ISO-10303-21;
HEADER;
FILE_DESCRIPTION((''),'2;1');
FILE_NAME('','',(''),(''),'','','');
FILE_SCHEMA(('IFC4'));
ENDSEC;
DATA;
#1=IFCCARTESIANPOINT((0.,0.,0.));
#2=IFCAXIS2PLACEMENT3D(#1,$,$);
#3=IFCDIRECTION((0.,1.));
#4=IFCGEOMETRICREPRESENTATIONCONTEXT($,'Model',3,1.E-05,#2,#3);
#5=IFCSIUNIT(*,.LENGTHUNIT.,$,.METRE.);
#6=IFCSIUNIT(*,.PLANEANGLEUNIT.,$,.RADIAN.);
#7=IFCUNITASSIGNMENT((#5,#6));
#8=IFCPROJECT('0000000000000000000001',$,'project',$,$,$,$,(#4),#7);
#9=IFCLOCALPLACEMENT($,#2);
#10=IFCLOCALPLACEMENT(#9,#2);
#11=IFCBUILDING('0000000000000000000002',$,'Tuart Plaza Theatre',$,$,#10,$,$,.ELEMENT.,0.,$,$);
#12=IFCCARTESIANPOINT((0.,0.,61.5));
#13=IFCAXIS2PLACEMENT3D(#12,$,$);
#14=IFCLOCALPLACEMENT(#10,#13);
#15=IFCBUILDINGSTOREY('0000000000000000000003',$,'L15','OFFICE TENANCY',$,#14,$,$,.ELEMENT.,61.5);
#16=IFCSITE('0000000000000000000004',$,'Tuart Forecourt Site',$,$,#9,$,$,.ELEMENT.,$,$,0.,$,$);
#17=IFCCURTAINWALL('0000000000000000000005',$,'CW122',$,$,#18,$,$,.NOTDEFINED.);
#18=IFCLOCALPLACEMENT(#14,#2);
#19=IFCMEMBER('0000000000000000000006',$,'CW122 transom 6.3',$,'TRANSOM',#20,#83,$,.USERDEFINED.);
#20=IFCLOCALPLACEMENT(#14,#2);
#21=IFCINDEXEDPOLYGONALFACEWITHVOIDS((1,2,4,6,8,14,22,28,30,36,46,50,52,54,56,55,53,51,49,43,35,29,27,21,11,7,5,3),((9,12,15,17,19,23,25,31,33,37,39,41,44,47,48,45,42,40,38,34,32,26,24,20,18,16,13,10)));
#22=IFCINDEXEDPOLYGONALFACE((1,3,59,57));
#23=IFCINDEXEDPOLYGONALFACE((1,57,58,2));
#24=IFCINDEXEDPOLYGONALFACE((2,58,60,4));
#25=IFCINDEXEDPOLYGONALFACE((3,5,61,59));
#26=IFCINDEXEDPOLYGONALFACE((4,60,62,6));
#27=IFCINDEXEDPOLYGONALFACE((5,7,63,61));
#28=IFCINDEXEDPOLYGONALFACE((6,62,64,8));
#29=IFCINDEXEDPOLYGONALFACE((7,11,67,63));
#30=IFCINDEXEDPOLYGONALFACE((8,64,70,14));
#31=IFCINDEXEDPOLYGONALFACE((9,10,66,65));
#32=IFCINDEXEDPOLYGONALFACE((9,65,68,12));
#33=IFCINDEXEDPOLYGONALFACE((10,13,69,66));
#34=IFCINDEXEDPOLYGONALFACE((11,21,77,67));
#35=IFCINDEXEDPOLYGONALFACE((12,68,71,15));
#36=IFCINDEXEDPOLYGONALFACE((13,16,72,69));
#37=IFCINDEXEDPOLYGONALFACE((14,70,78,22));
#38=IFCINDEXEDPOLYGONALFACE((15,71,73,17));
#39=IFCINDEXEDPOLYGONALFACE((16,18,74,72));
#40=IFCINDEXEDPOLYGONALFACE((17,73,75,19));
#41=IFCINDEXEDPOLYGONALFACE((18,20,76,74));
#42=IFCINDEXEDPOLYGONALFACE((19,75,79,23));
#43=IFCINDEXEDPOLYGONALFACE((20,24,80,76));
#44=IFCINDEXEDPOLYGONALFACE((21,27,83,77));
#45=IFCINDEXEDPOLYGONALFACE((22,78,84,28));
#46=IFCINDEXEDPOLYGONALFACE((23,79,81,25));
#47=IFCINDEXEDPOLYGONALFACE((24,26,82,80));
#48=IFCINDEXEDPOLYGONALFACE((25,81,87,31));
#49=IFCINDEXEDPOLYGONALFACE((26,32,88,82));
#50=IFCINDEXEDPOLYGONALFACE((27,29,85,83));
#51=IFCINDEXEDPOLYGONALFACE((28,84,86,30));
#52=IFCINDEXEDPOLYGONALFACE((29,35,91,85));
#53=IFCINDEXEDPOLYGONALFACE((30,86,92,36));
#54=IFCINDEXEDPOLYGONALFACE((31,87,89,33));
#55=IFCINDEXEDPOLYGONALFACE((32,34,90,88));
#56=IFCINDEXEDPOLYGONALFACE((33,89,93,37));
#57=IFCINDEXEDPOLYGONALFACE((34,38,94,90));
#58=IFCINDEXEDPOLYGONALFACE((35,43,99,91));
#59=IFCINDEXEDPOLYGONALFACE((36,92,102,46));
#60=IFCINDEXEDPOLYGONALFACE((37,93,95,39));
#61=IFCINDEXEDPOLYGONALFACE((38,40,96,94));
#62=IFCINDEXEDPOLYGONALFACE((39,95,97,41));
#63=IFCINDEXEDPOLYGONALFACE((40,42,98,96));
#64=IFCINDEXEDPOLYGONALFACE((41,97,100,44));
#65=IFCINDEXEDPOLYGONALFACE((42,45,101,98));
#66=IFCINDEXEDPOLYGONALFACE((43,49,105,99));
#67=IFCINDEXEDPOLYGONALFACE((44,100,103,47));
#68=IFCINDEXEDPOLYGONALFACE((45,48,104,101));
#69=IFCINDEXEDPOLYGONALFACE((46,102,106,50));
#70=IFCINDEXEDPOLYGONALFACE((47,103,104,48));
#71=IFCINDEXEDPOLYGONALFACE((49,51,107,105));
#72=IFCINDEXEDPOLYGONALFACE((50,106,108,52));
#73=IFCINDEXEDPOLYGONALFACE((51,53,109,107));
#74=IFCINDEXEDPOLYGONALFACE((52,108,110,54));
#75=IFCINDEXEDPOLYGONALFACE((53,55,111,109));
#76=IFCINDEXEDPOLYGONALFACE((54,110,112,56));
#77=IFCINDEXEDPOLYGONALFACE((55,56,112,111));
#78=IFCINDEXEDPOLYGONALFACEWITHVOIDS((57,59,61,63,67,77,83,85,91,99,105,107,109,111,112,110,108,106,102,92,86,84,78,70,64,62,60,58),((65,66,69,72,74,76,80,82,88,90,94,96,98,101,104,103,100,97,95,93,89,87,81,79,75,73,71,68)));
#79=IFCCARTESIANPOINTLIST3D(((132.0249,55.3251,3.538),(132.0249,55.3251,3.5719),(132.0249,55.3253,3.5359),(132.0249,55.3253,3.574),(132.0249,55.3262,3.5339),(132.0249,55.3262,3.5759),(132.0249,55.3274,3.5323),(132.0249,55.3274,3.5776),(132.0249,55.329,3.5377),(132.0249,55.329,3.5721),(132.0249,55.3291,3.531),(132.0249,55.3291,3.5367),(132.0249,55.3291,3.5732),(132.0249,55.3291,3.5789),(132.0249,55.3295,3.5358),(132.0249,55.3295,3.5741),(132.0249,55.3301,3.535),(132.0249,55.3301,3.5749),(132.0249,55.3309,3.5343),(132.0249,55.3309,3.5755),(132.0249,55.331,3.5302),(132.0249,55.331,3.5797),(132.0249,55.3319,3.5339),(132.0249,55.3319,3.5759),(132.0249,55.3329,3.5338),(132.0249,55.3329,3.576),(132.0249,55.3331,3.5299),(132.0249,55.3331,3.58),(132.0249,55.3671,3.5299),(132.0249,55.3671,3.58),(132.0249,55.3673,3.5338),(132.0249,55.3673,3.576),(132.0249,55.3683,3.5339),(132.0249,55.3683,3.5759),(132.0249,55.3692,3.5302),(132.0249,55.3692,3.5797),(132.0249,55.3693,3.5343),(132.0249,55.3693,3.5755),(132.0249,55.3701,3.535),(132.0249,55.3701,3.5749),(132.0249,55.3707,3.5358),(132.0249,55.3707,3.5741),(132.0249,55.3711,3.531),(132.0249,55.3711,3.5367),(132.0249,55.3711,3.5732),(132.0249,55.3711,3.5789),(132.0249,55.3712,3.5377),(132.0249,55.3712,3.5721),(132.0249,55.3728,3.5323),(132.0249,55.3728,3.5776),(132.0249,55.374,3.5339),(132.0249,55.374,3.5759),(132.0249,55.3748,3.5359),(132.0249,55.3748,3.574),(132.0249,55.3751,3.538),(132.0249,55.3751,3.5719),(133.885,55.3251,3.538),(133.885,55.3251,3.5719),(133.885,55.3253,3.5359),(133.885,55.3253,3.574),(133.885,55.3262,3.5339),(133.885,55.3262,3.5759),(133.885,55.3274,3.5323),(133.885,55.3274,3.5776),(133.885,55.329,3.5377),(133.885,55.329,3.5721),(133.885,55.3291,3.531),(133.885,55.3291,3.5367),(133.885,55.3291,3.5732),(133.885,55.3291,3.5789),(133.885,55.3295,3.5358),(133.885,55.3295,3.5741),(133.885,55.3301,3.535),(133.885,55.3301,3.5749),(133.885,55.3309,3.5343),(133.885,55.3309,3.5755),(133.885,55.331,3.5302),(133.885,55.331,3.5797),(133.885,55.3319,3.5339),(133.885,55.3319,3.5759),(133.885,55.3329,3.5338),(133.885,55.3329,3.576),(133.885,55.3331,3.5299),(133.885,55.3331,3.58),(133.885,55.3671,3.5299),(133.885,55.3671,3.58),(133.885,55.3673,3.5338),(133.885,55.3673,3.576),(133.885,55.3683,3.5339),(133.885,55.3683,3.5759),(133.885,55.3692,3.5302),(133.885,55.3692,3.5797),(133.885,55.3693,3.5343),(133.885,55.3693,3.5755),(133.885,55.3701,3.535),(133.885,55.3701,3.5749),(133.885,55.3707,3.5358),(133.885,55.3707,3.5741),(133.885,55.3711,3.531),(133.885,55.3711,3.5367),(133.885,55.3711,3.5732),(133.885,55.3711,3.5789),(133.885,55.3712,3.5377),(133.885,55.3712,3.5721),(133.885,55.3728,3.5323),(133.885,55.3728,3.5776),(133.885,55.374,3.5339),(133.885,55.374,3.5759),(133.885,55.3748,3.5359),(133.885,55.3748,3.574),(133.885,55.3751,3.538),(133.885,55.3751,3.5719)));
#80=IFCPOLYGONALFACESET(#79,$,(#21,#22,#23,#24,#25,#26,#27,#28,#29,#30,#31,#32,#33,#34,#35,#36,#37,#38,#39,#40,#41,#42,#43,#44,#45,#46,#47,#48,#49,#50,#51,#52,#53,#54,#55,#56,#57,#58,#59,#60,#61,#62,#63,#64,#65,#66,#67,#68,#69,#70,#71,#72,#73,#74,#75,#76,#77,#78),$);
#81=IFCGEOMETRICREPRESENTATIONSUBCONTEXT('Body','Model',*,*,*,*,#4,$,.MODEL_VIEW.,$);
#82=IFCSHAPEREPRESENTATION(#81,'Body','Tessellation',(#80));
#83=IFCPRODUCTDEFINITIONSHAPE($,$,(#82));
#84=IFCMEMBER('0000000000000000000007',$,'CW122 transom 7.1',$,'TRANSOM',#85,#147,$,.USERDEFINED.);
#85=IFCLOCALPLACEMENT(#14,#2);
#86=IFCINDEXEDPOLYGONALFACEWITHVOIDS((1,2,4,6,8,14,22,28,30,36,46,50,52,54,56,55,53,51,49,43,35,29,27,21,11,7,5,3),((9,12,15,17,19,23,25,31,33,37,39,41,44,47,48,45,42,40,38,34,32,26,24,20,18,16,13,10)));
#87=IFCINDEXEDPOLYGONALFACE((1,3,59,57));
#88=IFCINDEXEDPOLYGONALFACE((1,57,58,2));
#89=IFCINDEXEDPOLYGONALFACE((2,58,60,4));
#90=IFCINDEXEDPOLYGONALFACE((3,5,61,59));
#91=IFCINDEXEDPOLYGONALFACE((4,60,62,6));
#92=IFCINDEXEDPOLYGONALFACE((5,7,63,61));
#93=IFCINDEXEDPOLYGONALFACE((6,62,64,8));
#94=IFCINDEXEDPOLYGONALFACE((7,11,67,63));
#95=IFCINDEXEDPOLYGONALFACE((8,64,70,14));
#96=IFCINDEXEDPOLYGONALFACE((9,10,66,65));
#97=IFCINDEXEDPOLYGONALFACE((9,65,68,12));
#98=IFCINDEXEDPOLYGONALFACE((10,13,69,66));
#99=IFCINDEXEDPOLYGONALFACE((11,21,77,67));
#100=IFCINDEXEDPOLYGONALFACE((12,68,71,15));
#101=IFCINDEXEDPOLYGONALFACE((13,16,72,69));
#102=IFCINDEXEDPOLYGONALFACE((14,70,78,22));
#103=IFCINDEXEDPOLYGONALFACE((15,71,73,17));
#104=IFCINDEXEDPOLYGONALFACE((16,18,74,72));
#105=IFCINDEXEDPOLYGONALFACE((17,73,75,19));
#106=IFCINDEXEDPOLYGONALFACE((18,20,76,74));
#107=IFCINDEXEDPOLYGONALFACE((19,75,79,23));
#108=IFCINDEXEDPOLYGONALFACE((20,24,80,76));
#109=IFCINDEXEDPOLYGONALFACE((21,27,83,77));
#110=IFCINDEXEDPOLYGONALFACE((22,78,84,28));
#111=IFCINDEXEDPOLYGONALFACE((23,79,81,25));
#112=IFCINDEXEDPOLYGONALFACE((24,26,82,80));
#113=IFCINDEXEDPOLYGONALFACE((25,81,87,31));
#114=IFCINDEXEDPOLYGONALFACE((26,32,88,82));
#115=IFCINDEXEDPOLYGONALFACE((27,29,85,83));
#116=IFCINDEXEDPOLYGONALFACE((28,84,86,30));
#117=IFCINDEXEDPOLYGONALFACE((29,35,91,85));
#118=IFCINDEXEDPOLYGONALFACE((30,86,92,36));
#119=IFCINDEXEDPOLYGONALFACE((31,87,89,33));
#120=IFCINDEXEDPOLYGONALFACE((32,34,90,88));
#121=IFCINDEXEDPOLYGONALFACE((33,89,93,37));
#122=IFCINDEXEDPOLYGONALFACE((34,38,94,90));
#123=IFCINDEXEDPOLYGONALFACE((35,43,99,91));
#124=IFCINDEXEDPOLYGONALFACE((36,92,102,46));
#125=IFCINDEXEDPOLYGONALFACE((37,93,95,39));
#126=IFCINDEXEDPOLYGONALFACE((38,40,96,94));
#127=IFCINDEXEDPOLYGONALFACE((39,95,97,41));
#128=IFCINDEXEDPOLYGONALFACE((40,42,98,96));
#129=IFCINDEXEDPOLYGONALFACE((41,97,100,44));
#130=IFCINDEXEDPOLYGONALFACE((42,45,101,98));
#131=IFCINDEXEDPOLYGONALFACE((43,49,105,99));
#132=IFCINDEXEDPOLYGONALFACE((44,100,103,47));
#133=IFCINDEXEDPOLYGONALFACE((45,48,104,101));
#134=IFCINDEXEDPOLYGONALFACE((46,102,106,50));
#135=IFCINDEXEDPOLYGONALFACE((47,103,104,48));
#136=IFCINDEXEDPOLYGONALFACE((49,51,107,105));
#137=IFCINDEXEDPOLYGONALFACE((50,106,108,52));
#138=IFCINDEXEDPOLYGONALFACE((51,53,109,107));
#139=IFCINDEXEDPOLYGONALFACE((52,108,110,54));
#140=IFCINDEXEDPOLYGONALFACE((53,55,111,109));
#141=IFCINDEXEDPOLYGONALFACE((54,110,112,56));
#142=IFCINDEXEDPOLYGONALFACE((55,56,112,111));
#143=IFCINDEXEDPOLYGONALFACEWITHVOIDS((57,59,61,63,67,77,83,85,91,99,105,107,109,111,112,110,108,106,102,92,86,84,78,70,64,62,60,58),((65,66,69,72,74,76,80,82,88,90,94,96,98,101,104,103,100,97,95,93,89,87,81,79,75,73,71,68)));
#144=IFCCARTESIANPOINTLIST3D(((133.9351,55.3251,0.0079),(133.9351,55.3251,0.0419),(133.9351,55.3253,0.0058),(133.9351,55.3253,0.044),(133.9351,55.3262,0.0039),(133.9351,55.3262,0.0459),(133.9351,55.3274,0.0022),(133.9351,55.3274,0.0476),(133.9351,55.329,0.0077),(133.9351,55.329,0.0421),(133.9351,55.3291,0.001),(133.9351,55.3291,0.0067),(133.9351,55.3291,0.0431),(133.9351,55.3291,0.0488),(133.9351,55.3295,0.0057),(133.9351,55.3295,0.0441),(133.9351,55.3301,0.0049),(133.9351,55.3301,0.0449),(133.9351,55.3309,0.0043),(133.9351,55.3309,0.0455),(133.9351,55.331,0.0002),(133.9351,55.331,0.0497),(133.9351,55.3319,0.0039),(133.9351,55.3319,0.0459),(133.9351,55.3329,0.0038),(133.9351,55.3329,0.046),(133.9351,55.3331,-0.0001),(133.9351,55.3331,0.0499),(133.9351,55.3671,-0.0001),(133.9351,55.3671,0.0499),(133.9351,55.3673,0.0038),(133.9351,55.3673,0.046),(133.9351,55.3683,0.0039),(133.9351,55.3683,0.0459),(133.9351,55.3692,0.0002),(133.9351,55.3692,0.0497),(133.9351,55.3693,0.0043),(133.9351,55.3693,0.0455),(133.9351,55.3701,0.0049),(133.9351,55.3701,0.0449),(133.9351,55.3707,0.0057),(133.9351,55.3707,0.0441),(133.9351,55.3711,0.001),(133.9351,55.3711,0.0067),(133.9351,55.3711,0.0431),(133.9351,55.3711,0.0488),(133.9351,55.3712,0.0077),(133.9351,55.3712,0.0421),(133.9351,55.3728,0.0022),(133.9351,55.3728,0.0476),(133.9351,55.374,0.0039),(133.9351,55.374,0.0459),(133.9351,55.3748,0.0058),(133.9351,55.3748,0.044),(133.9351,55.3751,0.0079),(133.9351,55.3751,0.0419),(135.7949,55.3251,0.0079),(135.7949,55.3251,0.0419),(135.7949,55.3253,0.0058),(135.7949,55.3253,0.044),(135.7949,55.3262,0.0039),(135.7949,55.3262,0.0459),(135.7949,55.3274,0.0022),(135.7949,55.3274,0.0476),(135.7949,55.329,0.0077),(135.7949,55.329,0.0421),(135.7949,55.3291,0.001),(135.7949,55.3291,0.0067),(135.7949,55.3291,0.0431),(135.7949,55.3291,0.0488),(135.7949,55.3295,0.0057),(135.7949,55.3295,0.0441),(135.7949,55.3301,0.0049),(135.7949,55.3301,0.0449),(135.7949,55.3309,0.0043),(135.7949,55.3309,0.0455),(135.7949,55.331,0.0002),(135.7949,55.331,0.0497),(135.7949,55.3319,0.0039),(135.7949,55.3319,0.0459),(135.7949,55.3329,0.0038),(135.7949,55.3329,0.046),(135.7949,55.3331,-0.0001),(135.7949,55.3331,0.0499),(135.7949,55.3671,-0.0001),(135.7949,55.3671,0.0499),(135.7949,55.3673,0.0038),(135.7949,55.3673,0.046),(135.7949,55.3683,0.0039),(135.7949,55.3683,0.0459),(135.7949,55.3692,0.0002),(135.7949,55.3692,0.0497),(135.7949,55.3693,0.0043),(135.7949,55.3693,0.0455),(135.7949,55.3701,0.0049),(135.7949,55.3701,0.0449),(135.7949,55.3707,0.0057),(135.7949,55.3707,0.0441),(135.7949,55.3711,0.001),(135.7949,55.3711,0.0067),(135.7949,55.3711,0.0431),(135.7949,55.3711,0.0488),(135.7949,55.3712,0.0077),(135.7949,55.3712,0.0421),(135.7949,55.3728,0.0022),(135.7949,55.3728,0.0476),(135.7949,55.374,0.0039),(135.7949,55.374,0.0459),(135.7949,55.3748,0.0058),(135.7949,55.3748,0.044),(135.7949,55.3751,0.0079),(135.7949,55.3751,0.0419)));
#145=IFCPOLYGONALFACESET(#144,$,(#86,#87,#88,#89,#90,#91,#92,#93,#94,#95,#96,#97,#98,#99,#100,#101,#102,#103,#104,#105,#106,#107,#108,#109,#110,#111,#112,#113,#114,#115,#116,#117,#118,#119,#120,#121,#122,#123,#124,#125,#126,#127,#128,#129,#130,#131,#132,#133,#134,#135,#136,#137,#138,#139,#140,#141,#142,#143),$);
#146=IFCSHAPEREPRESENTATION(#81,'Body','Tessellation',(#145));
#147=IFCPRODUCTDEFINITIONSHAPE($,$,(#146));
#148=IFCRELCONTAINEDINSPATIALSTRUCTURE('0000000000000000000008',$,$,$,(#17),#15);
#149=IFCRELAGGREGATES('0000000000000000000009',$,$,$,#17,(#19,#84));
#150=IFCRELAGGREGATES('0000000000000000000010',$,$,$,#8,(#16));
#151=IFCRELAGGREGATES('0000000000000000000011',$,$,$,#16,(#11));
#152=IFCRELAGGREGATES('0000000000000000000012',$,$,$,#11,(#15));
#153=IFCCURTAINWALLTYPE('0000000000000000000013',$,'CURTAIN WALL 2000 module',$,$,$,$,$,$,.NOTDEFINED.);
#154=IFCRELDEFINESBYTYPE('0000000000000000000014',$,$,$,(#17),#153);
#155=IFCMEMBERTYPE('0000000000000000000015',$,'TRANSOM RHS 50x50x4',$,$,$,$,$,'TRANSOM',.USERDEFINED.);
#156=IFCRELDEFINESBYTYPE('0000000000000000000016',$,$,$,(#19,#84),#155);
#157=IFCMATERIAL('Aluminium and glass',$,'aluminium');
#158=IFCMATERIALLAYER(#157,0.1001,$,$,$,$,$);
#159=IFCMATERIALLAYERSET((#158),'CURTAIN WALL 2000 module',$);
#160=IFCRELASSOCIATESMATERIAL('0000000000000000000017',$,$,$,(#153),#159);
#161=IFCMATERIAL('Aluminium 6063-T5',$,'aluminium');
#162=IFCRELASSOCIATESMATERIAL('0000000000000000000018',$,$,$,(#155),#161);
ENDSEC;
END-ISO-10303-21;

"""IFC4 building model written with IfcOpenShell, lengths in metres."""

from ifc_helpers import new_model, si_unit, direction, frame, origin, origin_2d, place, context, subcontext, project, spatial, hollow_rectangle, extrude, material, layer, layer_set, material_profile, profile_set, type_object, element, aggregate, save


model = new_model("IFC4")

# Units and contexts
model_context = context("Model", 3, precision=1e-05, world=origin(), true_north=direction((0.0, 1.0)))
body_context = subcontext(model_context, "Body", "Model", "MODEL_VIEW")
ifc_project = project(units=[si_unit("LENGTHUNIT", "METRE"), si_unit("PLANEANGLEUNIT", "RADIAN")], contexts=[model_context])

# Site, building, storey
site_placement = place(None, origin())
site = spatial("IfcSite", under=ifc_project, at=site_placement, Name="Tuart Forecourt Site", CompositionType="ELEMENT", RefElevation=0.0)
building_placement = place(site_placement, origin())
building = spatial("IfcBuilding", under=site, at=building_placement, Name="Tuart Plaza Theatre", CompositionType="ELEMENT", ElevationOfRefHeight=0.0)
storey_placement = place(building_placement, frame((0.0, 0.0, 61.5)))
storey = spatial("IfcBuildingStorey", under=building, at=storey_placement, Name="L15", Description="OFFICE TENANCY", CompositionType="ELEMENT", Elevation=61.5)

# Curtain wall, members
ifc_material_1 = material(Name="Aluminium and glass", Category="aluminium")
ifc_layer_1 = layer(ifc_material_1, 0.1001)
ifc_layer_set_1 = layer_set([ifc_layer_1], Name="CURTAIN WALL 2000 module")
curtain_wall_type = type_object("IfcCurtainWallType", Name="CURTAIN WALL 2000 module", PredefinedType="NOTDEFINED", material=ifc_layer_set_1)
curtain_wall_placement = place(storey_placement, origin())
curtain_wall = element("IfcCurtainWall", 1, at=curtain_wall_placement, inside=storey, type_object=curtain_wall_type, Name="CW122", PredefinedType="NOTDEFINED")
ifc_material_2 = material(Name="Aluminium 6063-T5", Category="aluminium")
ifc_material_profile_1 = material_profile(ifc_material_2, hollow_rectangle(XDim=0.05, YDim=0.05, WallThickness=0.0039, InnerFilletRadius=0.0039, OuterFilletRadius=0.0081, at=origin_2d()), Name="RHS 50x50x4")
ifc_profile_set_1 = profile_set([ifc_material_profile_1], Name="Aluminium 6063-T5")
member_type_1 = type_object("IfcMemberType", Name="TRANSOM RHS 50x50x4", ElementType="TRANSOM", PredefinedType="USERDEFINED", material=ifc_profile_set_1)
member_1_placement = place(storey_placement, frame((132.0249, 55.3501, 3.5549), z_axis=(1.0, 0.0, 0.0), x_axis=(0.0, 1.0, 0.0)))
member_1 = element("IfcMember", 2, at=member_1_placement, type_object=member_type_1, Name="CW122 transom 6.3", ObjectType="TRANSOM", PredefinedType="USERDEFINED", context=body_context, shape_type="SweptSolid", body=[
    extrude(hollow_rectangle(XDim=0.05, YDim=0.05, WallThickness=0.0039, InnerFilletRadius=0.0039, OuterFilletRadius=0.0081, at=origin_2d()), origin(), (0.0, 0.0, 1.0), 1.8601),
])
member_2_placement = place(storey_placement, frame((133.9351, 55.3501, 0.0249), z_axis=(1.0, 0.0, 0.0), x_axis=(0.0, 1.0, 0.0)))
member_2 = element("IfcMember", 3, at=member_2_placement, type_object=member_type_1, Name="CW122 transom 7.1", ObjectType="TRANSOM", PredefinedType="USERDEFINED", context=body_context, shape_type="SweptSolid", body=[
    extrude(hollow_rectangle(XDim=0.05, YDim=0.05, WallThickness=0.0039, InnerFilletRadius=0.0039, OuterFilletRadius=0.0081, at=origin_2d()), origin(), (0.0, 0.0, 1.0), 1.8599),
])
aggregate(curtain_wall, [member_1, member_2])

save(model, "model.ifc")
